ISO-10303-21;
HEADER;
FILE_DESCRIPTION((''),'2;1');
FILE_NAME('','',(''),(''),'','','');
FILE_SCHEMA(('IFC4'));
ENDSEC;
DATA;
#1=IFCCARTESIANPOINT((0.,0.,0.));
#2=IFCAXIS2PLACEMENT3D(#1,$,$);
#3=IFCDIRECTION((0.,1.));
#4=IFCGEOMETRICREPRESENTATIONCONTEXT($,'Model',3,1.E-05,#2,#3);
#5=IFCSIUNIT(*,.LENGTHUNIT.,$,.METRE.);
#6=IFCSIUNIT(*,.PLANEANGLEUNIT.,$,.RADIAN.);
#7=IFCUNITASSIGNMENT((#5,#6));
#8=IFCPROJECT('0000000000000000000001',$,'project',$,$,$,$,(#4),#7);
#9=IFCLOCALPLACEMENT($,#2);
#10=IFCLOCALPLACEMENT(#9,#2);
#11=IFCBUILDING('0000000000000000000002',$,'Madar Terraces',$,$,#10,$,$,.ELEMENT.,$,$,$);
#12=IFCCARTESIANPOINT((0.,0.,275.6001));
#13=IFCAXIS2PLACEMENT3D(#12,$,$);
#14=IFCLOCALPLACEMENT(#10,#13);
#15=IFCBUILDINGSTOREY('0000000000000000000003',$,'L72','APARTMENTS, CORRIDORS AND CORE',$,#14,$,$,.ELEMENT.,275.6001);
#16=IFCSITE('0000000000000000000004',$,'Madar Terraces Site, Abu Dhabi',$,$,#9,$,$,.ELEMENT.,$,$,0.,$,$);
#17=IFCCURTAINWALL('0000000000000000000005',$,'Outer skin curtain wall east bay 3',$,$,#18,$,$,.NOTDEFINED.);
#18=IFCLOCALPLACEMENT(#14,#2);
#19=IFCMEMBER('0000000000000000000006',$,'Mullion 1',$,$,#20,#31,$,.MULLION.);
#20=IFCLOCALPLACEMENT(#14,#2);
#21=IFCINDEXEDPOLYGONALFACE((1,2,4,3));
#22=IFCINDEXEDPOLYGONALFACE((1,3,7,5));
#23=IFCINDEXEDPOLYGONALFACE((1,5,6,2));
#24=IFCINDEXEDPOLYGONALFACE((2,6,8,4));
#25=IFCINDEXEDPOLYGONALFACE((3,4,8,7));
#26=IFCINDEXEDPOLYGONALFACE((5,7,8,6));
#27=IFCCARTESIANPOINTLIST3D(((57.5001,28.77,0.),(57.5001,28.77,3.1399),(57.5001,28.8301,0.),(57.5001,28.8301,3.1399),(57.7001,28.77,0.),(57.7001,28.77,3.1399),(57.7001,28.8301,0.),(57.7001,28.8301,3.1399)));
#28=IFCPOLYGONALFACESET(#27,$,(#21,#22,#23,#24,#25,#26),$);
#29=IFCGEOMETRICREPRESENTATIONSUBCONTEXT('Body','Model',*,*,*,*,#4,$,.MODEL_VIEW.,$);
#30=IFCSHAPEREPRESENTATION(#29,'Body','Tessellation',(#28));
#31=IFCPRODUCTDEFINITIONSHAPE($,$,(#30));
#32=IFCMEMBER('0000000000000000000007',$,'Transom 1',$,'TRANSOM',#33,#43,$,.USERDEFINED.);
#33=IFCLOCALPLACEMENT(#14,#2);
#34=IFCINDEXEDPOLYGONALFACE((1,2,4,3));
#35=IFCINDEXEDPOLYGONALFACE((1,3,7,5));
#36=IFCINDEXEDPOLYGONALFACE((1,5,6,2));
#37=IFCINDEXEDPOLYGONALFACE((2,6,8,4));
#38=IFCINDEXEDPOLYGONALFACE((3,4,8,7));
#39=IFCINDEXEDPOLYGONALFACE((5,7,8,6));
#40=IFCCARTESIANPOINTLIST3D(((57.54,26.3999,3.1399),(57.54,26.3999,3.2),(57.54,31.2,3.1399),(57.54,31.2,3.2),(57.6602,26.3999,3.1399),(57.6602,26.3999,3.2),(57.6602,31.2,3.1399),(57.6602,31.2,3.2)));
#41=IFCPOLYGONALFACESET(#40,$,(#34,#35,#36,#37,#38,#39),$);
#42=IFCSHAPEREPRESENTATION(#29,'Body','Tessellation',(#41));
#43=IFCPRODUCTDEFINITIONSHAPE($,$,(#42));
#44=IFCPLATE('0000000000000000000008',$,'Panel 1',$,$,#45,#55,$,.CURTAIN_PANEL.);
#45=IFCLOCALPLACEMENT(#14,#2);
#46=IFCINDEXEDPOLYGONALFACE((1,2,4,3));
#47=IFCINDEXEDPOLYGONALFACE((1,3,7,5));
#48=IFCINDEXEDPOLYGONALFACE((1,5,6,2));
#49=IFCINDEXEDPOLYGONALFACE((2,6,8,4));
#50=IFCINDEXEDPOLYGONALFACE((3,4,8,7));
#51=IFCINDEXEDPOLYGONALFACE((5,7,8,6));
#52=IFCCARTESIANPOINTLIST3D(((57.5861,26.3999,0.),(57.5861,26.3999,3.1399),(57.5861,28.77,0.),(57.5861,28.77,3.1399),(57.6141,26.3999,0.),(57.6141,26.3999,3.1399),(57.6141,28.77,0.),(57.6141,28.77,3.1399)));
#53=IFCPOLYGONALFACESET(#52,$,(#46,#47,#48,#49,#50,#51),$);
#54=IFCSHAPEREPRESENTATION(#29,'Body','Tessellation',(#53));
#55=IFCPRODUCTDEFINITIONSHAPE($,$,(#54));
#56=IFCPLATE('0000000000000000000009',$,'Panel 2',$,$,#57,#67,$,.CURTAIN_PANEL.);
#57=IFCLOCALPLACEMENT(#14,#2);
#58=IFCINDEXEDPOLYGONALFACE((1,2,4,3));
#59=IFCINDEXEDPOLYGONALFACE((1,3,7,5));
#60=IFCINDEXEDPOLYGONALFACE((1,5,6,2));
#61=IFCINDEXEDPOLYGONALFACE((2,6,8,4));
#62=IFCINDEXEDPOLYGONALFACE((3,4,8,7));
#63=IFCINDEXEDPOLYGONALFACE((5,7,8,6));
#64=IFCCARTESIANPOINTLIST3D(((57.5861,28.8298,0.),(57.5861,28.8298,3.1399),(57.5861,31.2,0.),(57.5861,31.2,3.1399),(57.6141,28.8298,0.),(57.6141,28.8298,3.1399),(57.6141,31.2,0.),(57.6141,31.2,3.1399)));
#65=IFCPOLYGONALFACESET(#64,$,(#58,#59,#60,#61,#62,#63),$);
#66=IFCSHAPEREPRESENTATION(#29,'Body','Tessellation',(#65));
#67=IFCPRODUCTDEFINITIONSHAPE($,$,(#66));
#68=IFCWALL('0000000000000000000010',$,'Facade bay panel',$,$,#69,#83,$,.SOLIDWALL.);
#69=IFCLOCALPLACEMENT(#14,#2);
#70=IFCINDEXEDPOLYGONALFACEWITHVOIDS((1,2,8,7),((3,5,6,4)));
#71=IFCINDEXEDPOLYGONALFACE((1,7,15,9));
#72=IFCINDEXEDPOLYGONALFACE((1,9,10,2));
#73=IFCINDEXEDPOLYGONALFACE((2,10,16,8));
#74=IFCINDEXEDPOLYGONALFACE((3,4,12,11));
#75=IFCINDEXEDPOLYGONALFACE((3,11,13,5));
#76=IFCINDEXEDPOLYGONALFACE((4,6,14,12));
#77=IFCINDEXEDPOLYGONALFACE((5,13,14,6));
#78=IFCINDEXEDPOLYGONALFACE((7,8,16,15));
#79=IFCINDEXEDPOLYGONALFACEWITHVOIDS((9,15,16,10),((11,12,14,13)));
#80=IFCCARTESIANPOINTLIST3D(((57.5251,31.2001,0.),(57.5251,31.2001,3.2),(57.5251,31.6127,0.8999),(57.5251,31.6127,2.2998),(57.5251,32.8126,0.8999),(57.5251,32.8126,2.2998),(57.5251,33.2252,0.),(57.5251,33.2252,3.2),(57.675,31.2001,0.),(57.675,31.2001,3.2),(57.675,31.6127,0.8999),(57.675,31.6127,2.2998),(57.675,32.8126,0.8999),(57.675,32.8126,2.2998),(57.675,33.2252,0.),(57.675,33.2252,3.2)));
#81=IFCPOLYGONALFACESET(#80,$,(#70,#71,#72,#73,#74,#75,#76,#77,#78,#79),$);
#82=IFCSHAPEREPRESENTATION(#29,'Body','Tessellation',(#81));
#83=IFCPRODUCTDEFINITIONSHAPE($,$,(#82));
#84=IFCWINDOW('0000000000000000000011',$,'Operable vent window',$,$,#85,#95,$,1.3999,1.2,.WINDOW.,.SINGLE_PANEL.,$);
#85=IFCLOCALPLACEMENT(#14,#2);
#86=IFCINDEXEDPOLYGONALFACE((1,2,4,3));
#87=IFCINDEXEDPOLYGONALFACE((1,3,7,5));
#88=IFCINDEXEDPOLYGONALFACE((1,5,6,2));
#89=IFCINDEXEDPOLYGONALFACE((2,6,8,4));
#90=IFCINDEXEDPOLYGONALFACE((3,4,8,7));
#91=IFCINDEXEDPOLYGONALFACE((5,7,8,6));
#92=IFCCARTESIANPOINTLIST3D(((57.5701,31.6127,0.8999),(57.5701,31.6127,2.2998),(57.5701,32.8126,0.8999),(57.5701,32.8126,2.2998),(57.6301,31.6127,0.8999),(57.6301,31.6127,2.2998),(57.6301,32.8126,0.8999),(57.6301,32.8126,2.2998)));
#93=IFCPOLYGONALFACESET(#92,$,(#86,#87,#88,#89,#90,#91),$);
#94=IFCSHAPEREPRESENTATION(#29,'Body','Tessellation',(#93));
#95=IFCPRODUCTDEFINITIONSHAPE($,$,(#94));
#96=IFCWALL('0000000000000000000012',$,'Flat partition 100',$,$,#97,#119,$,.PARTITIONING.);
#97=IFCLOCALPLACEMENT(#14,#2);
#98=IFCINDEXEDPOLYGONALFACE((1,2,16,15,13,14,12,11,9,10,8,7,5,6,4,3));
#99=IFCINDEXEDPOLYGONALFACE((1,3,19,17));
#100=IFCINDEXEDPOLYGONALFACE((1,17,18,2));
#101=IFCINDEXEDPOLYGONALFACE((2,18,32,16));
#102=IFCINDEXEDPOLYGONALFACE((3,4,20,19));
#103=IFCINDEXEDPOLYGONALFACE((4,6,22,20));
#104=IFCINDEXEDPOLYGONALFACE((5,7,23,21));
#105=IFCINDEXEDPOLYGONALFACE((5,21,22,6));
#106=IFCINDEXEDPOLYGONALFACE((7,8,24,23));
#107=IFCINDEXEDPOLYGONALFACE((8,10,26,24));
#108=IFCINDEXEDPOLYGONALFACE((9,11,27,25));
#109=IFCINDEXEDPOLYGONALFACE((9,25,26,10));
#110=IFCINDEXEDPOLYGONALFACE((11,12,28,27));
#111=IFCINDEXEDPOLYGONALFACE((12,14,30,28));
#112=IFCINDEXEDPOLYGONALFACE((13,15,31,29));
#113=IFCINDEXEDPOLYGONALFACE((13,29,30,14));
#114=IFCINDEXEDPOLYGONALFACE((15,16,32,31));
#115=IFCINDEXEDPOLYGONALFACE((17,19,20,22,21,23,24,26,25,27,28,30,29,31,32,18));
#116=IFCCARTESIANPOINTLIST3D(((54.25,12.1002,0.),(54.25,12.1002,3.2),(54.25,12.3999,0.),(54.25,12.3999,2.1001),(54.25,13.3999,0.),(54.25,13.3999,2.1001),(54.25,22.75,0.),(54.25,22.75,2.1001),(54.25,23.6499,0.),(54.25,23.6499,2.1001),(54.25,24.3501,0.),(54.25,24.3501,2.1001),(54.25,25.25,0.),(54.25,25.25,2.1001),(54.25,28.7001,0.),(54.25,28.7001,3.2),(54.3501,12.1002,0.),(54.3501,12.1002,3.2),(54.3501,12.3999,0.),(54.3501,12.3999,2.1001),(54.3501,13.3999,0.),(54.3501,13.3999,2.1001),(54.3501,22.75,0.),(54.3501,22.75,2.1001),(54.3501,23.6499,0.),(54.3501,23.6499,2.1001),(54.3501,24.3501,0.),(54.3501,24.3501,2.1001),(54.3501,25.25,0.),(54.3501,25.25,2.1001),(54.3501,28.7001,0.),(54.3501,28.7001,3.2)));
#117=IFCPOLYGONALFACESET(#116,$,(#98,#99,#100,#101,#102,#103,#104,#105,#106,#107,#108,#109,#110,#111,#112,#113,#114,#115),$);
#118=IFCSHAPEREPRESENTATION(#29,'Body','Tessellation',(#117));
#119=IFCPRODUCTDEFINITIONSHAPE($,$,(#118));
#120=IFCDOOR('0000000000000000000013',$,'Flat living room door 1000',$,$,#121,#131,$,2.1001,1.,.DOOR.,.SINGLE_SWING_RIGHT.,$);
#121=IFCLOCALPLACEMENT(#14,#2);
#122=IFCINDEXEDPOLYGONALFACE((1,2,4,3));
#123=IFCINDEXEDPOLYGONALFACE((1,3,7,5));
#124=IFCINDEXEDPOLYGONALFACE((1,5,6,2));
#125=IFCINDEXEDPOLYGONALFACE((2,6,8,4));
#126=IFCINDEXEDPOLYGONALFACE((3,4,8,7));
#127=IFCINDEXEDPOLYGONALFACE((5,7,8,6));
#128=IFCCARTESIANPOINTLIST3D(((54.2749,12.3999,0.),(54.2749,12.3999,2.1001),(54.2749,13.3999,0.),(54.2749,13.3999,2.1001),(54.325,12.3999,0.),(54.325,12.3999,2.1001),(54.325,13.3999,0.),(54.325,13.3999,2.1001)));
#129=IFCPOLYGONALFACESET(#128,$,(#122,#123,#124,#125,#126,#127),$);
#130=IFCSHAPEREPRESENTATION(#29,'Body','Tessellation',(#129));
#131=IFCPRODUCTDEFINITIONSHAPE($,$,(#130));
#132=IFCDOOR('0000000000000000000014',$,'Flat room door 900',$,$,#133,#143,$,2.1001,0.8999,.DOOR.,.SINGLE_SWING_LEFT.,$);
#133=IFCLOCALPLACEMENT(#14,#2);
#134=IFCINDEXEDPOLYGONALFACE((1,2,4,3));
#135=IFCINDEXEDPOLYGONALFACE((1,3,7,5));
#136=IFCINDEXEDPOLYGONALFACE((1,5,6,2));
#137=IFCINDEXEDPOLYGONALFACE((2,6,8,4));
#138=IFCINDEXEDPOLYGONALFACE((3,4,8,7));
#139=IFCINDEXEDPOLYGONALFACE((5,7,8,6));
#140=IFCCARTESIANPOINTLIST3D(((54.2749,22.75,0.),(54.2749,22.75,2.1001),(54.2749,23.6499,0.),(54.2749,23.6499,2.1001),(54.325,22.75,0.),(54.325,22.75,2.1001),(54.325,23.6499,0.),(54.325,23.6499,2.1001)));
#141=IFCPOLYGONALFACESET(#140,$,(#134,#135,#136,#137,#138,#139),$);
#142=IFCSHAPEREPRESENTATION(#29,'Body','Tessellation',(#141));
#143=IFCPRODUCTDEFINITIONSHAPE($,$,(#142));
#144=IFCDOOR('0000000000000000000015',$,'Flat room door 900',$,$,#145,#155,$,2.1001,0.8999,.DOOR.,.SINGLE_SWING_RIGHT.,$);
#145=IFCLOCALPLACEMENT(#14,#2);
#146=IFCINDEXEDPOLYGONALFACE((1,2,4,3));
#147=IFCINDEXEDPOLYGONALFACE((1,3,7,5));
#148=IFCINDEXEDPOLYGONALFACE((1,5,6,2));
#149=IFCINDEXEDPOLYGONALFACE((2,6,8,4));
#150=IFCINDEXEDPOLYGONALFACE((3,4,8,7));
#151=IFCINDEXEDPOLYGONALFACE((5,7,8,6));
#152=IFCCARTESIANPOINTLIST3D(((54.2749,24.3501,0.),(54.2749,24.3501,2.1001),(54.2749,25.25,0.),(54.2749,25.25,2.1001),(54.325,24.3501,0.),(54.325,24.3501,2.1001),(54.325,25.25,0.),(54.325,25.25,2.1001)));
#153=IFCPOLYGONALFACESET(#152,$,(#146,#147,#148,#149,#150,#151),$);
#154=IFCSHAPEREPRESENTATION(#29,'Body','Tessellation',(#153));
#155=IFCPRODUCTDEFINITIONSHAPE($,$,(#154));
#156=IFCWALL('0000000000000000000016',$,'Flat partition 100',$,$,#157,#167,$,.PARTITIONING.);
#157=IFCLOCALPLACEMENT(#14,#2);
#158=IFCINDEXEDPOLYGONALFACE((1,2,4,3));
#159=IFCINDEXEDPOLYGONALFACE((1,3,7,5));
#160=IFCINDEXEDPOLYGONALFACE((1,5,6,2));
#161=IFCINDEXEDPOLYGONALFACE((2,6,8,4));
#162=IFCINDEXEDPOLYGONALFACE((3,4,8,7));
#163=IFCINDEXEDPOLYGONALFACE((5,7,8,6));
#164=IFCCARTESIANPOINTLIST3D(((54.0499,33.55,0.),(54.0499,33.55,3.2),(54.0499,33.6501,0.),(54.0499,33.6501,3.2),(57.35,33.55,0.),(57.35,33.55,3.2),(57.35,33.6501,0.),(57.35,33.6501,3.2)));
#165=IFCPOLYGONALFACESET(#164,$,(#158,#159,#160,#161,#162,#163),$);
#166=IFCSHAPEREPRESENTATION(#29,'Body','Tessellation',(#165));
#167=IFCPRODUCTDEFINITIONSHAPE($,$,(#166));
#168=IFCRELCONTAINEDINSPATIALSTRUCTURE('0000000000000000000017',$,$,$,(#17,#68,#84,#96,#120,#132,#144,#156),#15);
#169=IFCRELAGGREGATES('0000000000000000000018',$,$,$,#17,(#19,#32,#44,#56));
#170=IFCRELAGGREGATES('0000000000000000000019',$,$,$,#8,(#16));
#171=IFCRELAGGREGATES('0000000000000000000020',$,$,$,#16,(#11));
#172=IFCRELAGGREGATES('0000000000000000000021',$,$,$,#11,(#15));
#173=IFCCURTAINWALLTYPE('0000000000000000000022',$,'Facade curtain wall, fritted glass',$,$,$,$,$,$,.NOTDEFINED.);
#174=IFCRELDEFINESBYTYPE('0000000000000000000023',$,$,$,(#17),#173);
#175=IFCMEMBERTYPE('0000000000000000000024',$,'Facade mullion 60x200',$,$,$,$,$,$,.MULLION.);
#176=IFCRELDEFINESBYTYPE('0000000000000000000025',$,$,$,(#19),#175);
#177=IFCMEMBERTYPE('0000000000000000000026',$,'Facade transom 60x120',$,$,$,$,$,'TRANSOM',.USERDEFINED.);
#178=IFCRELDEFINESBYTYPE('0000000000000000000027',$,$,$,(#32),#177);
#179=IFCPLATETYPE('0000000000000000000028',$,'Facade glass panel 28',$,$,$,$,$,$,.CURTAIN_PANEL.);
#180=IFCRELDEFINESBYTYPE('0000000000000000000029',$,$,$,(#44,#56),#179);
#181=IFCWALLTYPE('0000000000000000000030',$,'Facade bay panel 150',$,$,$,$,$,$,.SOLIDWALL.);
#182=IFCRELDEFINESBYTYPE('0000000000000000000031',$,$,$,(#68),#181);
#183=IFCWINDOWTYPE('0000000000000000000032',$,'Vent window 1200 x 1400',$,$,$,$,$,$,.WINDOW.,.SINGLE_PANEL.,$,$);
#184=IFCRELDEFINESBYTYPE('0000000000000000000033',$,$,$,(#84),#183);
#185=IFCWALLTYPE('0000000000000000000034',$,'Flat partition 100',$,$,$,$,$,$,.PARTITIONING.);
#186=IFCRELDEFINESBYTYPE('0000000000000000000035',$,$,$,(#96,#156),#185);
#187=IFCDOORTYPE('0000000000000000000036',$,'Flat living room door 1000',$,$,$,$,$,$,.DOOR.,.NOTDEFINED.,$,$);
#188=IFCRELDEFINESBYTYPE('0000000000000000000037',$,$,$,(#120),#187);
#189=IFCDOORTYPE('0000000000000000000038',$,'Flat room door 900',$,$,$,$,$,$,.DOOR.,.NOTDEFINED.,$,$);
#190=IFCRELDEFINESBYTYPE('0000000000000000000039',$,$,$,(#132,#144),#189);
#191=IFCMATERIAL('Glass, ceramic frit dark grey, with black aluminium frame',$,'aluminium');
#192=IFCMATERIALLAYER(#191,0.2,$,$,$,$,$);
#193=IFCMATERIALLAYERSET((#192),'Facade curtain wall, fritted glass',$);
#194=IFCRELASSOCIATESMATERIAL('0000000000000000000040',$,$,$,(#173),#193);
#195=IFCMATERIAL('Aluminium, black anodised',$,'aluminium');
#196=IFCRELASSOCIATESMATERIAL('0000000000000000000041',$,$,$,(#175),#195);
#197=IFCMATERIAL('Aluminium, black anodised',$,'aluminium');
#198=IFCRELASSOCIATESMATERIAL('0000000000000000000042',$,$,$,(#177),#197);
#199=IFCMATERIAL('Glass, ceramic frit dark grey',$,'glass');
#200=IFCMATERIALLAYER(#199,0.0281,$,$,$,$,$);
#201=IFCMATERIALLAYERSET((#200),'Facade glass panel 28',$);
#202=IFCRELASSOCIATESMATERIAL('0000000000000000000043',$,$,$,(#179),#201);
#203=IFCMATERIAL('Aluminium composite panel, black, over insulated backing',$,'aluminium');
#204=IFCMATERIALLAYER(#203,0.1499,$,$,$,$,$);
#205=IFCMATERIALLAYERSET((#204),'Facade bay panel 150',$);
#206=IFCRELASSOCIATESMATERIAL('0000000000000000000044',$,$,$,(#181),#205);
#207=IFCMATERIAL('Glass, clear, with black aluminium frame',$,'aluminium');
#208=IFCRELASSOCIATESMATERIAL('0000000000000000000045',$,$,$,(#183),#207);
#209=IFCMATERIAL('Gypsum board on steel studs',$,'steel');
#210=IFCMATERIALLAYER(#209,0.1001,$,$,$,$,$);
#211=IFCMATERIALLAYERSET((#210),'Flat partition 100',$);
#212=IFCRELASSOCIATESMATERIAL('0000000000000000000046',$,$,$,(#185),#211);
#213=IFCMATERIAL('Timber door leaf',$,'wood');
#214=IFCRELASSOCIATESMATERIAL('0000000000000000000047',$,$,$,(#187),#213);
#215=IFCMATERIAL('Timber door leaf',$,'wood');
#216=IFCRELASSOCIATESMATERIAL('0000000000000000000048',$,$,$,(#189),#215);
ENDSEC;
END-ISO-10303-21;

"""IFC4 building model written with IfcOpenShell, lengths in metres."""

from ifc_helpers import new_model, si_unit, direction, frame, frame_2d, origin, origin_2d, place, context, subcontext, project, spatial, rectangle, extrude, material, layer, layer_set, material_profile, profile_set, type_object, element, fill, aggregate, save


model = new_model("IFC4")

# Units and contexts
model_context = context("Model", 3, precision=1e-05, world=origin(), true_north=direction((0.0, 1.0)))
body_context = subcontext(model_context, "Body", "Model", "MODEL_VIEW")
ifc_project = project(units=[si_unit("LENGTHUNIT", "METRE"), si_unit("PLANEANGLEUNIT", "RADIAN")], contexts=[model_context])

# Site, building, storey
site_placement = place(None, origin())
site = spatial("IfcSite", under=ifc_project, at=site_placement, Name="Madar Terraces Site, Abu Dhabi", CompositionType="ELEMENT", RefElevation=0.0)
building_placement = place(site_placement, origin())
building = spatial("IfcBuilding", under=site, at=building_placement, Name="Madar Terraces", CompositionType="ELEMENT")
storey_placement = place(building_placement, frame((0.0, 0.0, 275.6001)))
storey = spatial("IfcBuildingStorey", under=building, at=storey_placement, Name="L72", Description="APARTMENTS, CORRIDORS AND CORE", CompositionType="ELEMENT", Elevation=275.6001)

# Curtain wall, members, plates
ifc_material_1 = material(Name="Glass, ceramic frit dark grey, with black aluminium frame", Category="aluminium")
ifc_layer_1 = layer(ifc_material_1, 0.2)
ifc_layer_set_1 = layer_set([ifc_layer_1], Name="Facade curtain wall, fritted glass")
curtain_wall_type = type_object("IfcCurtainWallType", Name="Facade curtain wall, fritted glass", PredefinedType="NOTDEFINED", material=ifc_layer_set_1)
curtain_wall_placement = place(storey_placement, origin())
curtain_wall = element("IfcCurtainWall", 1, at=curtain_wall_placement, inside=storey, type_object=curtain_wall_type, Name="Outer skin curtain wall east bay 3", PredefinedType="NOTDEFINED")
ifc_material_2 = material(Name="Aluminium, black anodised", Category="aluminium")
ifc_material_profile_1 = material_profile(ifc_material_2, rectangle(XDim=0.2, YDim=0.0601, at=origin_2d()), Name="Facade mullion 60x200")
ifc_profile_set_1 = profile_set([ifc_material_profile_1], Name="Aluminium, black anodised")
member_type_1 = type_object("IfcMemberType", Name="Facade mullion 60x200", PredefinedType="MULLION", material=ifc_profile_set_1)
member_1_placement = place(storey_placement, frame((57.6001, 28.8, 0.0), z_axis=(0.0, 0.0, 1.0), x_axis=(-1.0, 0.0, 0.0)))
member_1 = element("IfcMember", 2, at=member_1_placement, type_object=member_type_1, Name="Mullion 1", PredefinedType="MULLION", context=body_context, shape_type="SweptSolid", body=[
    extrude(rectangle(XDim=0.2, YDim=0.0601, at=origin_2d()), origin(), (0.0, 0.0, 1.0), 3.1399),
])
ifc_material_3 = material(Name="Aluminium, black anodised", Category="aluminium")
ifc_material_profile_2 = material_profile(ifc_material_3, rectangle(XDim=0.1201, YDim=0.0601, at=origin_2d()), Name="Facade transom 60x120")
ifc_profile_set_2 = profile_set([ifc_material_profile_2], Name="Aluminium, black anodised")
member_type_2 = type_object("IfcMemberType", Name="Facade transom 60x120", ElementType="TRANSOM", PredefinedType="USERDEFINED", material=ifc_profile_set_2)
member_2_placement = place(storey_placement, frame((57.6001, 26.3999, 3.1699), z_axis=(0.0, 1.0, 0.0), x_axis=(-1.0, 0.0, 0.0)))
member_2 = element("IfcMember", 3, at=member_2_placement, type_object=member_type_2, Name="Transom 1", ObjectType="TRANSOM", PredefinedType="USERDEFINED", context=body_context, shape_type="SweptSolid", body=[
    extrude(rectangle(XDim=0.1201, YDim=0.0601, at=origin_2d()), origin(), (0.0, 0.0, 1.0), 4.8),
])
ifc_material_4 = material(Name="Glass, ceramic frit dark grey", Category="glass")
ifc_layer_2 = layer(ifc_material_4, 0.0281)
ifc_layer_set_2 = layer_set([ifc_layer_2], Name="Facade glass panel 28")
plate_type = type_object("IfcPlateType", Name="Facade glass panel 28", PredefinedType="CURTAIN_PANEL", material=ifc_layer_set_2)
plate_1_placement = place(storey_placement, frame((57.6001, 27.585, 0.0), z_axis=(0.0, 0.0, 1.0), x_axis=(0.0, 1.0, 0.0)))
plate_1 = element("IfcPlate", 4, at=plate_1_placement, type_object=plate_type, Name="Panel 1", PredefinedType="CURTAIN_PANEL", context=body_context, shape_type="SweptSolid", body=[
    extrude(rectangle(XDim=2.3701, YDim=0.0281, at=origin_2d()), origin(), (0.0, 0.0, 1.0), 3.1399),
])
plate_2_placement = place(storey_placement, frame((57.6001, 30.0149, 0.0), z_axis=(0.0, 0.0, 1.0), x_axis=(0.0, 1.0, 0.0)))
plate_2 = element("IfcPlate", 5, at=plate_2_placement, type_object=plate_type, Name="Panel 2", PredefinedType="CURTAIN_PANEL", context=body_context, shape_type="SweptSolid", body=[
    extrude(rectangle(XDim=2.3701, YDim=0.0281, at=origin_2d()), origin(), (0.0, 0.0, 1.0), 3.1399),
])
aggregate(curtain_wall, [member_1, member_2, plate_1, plate_2])

# Wall, opening, window
ifc_material_5 = material(Name="Aluminium composite panel, black, over insulated backing", Category="aluminium")
ifc_layer_3 = layer(ifc_material_5, 0.1499)
ifc_layer_set_3 = layer_set([ifc_layer_3], Name="Facade bay panel 150")
wall_type_1 = type_object("IfcWallType", Name="Facade bay panel 150", PredefinedType="SOLIDWALL", material=ifc_layer_set_3)
wall_1_placement = place(storey_placement, frame((57.6001, 31.2, 0.0), z_axis=(0.0, 0.0, 1.0), x_axis=(0.0, 1.0, 0.0)))
wall_1 = element("IfcWall", 6, at=wall_1_placement, inside=storey, type_object=wall_type_1, Name="Facade bay panel", PredefinedType="SOLIDWALL", context=body_context, shape_type="SweptSolid", body=[
    extrude(rectangle(XDim=2.0251, YDim=0.1499, at=frame_2d((1.0127, 0.0))), origin(), (0.0, 0.0, 1.0), 3.2),
])
opening_1_placement = place(wall_1_placement, frame((0.4126, 0.0, 0.8999)))
opening_1 = element("IfcOpeningElement", 7, at=opening_1_placement, cuts=wall_1, PredefinedType="OPENING", context=body_context, shape_type="SweptSolid", body=[
    extrude(rectangle(XDim=1.2, YDim=1.3999, at=frame_2d((0.6001, 0.7))), frame((0.0, 0.085, 0.0), z_axis=(0.0, -1.0, 0.0), x_axis=(1.0, 0.0, 0.0)), (0.0, 0.0, 1.0), 0.1699),
])
ifc_material_6 = material(Name="Glass, clear, with black aluminium frame", Category="aluminium")
window_type = type_object("IfcWindowType", Name="Vent window 1200 x 1400", PartitioningType="SINGLE_PANEL", PredefinedType="WINDOW", material=ifc_material_6)
window_placement = place(opening_1_placement, origin())
window = element("IfcWindow", 8, at=window_placement, inside=storey, type_object=window_type, Name="Operable vent window", OverallHeight=1.3999, OverallWidth=1.2, PartitioningType="SINGLE_PANEL", PredefinedType="WINDOW", context=body_context, shape_type="SweptSolid", body=[
    extrude(rectangle(XDim=1.2, YDim=1.3999, at=frame_2d((0.6001, 0.7))), frame((0.0, 0.03, 0.0), z_axis=(0.0, -1.0, 0.0), x_axis=(1.0, 0.0, 0.0)), (0.0, 0.0, 1.0), 0.0601),
])
fill(opening_1, window)

# Wall, openings, doors
ifc_material_7 = material(Name="Gypsum board on steel studs", Category="steel")
ifc_layer_4 = layer(ifc_material_7, 0.1001)
ifc_layer_set_4 = layer_set([ifc_layer_4], Name="Flat partition 100")
wall_type_2 = type_object("IfcWallType", Name="Flat partition 100", PredefinedType="PARTITIONING", material=ifc_layer_set_4)
wall_2_placement = place(storey_placement, frame((54.3, 28.7, 0.0), z_axis=(0.0, 0.0, 1.0), x_axis=(0.0, -1.0, 0.0)))
wall_2 = element("IfcWall", 9, at=wall_2_placement, inside=storey, type_object=wall_type_2, Name="Flat partition 100", PredefinedType="PARTITIONING", context=body_context, shape_type="SweptSolid", body=[
    extrude(rectangle(XDim=16.5999, YDim=0.1001, at=frame_2d((8.2998, 0.0))), origin(), (0.0, 0.0, 1.0), 3.2),
])
opening_2_placement = place(wall_2_placement, frame((15.3, 0.0, 0.0)))
opening_2 = element("IfcOpeningElement", 10, at=opening_2_placement, cuts=wall_2, PredefinedType="OPENING", context=body_context, shape_type="SweptSolid", body=[
    extrude(rectangle(XDim=1.0, YDim=2.1001, at=frame_2d((0.5, 1.05))), frame((0.0, 0.0601, 0.0), z_axis=(0.0, -1.0, 0.0), x_axis=(1.0, 0.0, 0.0)), (0.0, 0.0, 1.0), 0.1201),
])
opening_3_placement = place(wall_2_placement, frame((5.05, 0.0, 0.0)))
opening_3 = element("IfcOpeningElement", 11, at=opening_3_placement, cuts=wall_2, PredefinedType="OPENING", context=body_context, shape_type="SweptSolid", body=[
    extrude(rectangle(XDim=0.8999, YDim=2.1001, at=frame_2d((0.45, 1.05))), frame((0.0, 0.0601, 0.0), z_axis=(0.0, -1.0, 0.0), x_axis=(1.0, 0.0, 0.0)), (0.0, 0.0, 1.0), 0.1201),
])
opening_4_placement = place(wall_2_placement, frame((3.45, 0.0, 0.0)))
opening_4 = element("IfcOpeningElement", 12, at=opening_4_placement, cuts=wall_2, PredefinedType="OPENING", context=body_context, shape_type="SweptSolid", body=[
    extrude(rectangle(XDim=0.8999, YDim=2.1001, at=frame_2d((0.45, 1.05))), frame((0.0, 0.0601, 0.0), z_axis=(0.0, -1.0, 0.0), x_axis=(1.0, 0.0, 0.0)), (0.0, 0.0, 1.0), 0.1201),
])
ifc_material_8 = material(Name="Timber door leaf", Category="wood")
door_type_1 = type_object("IfcDoorType", Name="Flat living room door 1000", OperationType="NOTDEFINED", PredefinedType="DOOR", material=ifc_material_8)
door_1_placement = place(opening_2_placement, origin())
door_1 = element("IfcDoor", 13, at=door_1_placement, inside=storey, type_object=door_type_1, Name="Flat living room door 1000", OperationType="SINGLE_SWING_RIGHT", OverallHeight=2.1001, OverallWidth=1.0, PredefinedType="DOOR", context=body_context, shape_type="SweptSolid", body=[
    extrude(rectangle(XDim=1.0, YDim=2.1001, at=frame_2d((0.5, 1.05))), frame((0.0, 0.0249, 0.0), z_axis=(0.0, -1.0, 0.0), x_axis=(1.0, 0.0, 0.0)), (0.0, 0.0, 1.0), 0.05),
])
fill(opening_2, door_1)
ifc_material_9 = material(Name="Timber door leaf", Category="wood")
door_type_2 = type_object("IfcDoorType", Name="Flat room door 900", OperationType="NOTDEFINED", PredefinedType="DOOR", material=ifc_material_9)
door_2_placement = place(opening_3_placement, origin())
door_2 = element("IfcDoor", 14, at=door_2_placement, inside=storey, type_object=door_type_2, Name="Flat room door 900", OperationType="SINGLE_SWING_LEFT", OverallHeight=2.1001, OverallWidth=0.8999, PredefinedType="DOOR", context=body_context, shape_type="SweptSolid", body=[
    extrude(rectangle(XDim=0.8999, YDim=2.1001, at=frame_2d((0.45, 1.05))), frame((0.0, 0.0249, 0.0), z_axis=(0.0, -1.0, 0.0), x_axis=(1.0, 0.0, 0.0)), (0.0, 0.0, 1.0), 0.05),
])
fill(opening_3, door_2)
door_3_placement = place(opening_4_placement, origin())
door_3 = element("IfcDoor", 15, at=door_3_placement, inside=storey, type_object=door_type_2, Name="Flat room door 900", OperationType="SINGLE_SWING_RIGHT", OverallHeight=2.1001, OverallWidth=0.8999, PredefinedType="DOOR", context=body_context, shape_type="SweptSolid", body=[
    extrude(rectangle(XDim=0.8999, YDim=2.1001, at=frame_2d((0.45, 1.05))), frame((0.0, 0.0249, 0.0), z_axis=(0.0, -1.0, 0.0), x_axis=(1.0, 0.0, 0.0)), (0.0, 0.0, 1.0), 0.05),
])
fill(opening_4, door_3)

# Wall
wall_3_placement = place(storey_placement, frame((54.05, 33.6001, 0.0), z_axis=(0.0, 0.0, 1.0), x_axis=(1.0, 0.0, 0.0)))
element("IfcWall", 16, at=wall_3_placement, inside=storey, type_object=wall_type_2, Name="Flat partition 100", PredefinedType="PARTITIONING", context=body_context, shape_type="SweptSolid", body=[
    extrude(rectangle(XDim=3.3, YDim=0.1001, at=frame_2d((1.6499, 0.0))), origin(), (0.0, 0.0, 1.0), 3.2),
])

save(model, "model.ifc")
